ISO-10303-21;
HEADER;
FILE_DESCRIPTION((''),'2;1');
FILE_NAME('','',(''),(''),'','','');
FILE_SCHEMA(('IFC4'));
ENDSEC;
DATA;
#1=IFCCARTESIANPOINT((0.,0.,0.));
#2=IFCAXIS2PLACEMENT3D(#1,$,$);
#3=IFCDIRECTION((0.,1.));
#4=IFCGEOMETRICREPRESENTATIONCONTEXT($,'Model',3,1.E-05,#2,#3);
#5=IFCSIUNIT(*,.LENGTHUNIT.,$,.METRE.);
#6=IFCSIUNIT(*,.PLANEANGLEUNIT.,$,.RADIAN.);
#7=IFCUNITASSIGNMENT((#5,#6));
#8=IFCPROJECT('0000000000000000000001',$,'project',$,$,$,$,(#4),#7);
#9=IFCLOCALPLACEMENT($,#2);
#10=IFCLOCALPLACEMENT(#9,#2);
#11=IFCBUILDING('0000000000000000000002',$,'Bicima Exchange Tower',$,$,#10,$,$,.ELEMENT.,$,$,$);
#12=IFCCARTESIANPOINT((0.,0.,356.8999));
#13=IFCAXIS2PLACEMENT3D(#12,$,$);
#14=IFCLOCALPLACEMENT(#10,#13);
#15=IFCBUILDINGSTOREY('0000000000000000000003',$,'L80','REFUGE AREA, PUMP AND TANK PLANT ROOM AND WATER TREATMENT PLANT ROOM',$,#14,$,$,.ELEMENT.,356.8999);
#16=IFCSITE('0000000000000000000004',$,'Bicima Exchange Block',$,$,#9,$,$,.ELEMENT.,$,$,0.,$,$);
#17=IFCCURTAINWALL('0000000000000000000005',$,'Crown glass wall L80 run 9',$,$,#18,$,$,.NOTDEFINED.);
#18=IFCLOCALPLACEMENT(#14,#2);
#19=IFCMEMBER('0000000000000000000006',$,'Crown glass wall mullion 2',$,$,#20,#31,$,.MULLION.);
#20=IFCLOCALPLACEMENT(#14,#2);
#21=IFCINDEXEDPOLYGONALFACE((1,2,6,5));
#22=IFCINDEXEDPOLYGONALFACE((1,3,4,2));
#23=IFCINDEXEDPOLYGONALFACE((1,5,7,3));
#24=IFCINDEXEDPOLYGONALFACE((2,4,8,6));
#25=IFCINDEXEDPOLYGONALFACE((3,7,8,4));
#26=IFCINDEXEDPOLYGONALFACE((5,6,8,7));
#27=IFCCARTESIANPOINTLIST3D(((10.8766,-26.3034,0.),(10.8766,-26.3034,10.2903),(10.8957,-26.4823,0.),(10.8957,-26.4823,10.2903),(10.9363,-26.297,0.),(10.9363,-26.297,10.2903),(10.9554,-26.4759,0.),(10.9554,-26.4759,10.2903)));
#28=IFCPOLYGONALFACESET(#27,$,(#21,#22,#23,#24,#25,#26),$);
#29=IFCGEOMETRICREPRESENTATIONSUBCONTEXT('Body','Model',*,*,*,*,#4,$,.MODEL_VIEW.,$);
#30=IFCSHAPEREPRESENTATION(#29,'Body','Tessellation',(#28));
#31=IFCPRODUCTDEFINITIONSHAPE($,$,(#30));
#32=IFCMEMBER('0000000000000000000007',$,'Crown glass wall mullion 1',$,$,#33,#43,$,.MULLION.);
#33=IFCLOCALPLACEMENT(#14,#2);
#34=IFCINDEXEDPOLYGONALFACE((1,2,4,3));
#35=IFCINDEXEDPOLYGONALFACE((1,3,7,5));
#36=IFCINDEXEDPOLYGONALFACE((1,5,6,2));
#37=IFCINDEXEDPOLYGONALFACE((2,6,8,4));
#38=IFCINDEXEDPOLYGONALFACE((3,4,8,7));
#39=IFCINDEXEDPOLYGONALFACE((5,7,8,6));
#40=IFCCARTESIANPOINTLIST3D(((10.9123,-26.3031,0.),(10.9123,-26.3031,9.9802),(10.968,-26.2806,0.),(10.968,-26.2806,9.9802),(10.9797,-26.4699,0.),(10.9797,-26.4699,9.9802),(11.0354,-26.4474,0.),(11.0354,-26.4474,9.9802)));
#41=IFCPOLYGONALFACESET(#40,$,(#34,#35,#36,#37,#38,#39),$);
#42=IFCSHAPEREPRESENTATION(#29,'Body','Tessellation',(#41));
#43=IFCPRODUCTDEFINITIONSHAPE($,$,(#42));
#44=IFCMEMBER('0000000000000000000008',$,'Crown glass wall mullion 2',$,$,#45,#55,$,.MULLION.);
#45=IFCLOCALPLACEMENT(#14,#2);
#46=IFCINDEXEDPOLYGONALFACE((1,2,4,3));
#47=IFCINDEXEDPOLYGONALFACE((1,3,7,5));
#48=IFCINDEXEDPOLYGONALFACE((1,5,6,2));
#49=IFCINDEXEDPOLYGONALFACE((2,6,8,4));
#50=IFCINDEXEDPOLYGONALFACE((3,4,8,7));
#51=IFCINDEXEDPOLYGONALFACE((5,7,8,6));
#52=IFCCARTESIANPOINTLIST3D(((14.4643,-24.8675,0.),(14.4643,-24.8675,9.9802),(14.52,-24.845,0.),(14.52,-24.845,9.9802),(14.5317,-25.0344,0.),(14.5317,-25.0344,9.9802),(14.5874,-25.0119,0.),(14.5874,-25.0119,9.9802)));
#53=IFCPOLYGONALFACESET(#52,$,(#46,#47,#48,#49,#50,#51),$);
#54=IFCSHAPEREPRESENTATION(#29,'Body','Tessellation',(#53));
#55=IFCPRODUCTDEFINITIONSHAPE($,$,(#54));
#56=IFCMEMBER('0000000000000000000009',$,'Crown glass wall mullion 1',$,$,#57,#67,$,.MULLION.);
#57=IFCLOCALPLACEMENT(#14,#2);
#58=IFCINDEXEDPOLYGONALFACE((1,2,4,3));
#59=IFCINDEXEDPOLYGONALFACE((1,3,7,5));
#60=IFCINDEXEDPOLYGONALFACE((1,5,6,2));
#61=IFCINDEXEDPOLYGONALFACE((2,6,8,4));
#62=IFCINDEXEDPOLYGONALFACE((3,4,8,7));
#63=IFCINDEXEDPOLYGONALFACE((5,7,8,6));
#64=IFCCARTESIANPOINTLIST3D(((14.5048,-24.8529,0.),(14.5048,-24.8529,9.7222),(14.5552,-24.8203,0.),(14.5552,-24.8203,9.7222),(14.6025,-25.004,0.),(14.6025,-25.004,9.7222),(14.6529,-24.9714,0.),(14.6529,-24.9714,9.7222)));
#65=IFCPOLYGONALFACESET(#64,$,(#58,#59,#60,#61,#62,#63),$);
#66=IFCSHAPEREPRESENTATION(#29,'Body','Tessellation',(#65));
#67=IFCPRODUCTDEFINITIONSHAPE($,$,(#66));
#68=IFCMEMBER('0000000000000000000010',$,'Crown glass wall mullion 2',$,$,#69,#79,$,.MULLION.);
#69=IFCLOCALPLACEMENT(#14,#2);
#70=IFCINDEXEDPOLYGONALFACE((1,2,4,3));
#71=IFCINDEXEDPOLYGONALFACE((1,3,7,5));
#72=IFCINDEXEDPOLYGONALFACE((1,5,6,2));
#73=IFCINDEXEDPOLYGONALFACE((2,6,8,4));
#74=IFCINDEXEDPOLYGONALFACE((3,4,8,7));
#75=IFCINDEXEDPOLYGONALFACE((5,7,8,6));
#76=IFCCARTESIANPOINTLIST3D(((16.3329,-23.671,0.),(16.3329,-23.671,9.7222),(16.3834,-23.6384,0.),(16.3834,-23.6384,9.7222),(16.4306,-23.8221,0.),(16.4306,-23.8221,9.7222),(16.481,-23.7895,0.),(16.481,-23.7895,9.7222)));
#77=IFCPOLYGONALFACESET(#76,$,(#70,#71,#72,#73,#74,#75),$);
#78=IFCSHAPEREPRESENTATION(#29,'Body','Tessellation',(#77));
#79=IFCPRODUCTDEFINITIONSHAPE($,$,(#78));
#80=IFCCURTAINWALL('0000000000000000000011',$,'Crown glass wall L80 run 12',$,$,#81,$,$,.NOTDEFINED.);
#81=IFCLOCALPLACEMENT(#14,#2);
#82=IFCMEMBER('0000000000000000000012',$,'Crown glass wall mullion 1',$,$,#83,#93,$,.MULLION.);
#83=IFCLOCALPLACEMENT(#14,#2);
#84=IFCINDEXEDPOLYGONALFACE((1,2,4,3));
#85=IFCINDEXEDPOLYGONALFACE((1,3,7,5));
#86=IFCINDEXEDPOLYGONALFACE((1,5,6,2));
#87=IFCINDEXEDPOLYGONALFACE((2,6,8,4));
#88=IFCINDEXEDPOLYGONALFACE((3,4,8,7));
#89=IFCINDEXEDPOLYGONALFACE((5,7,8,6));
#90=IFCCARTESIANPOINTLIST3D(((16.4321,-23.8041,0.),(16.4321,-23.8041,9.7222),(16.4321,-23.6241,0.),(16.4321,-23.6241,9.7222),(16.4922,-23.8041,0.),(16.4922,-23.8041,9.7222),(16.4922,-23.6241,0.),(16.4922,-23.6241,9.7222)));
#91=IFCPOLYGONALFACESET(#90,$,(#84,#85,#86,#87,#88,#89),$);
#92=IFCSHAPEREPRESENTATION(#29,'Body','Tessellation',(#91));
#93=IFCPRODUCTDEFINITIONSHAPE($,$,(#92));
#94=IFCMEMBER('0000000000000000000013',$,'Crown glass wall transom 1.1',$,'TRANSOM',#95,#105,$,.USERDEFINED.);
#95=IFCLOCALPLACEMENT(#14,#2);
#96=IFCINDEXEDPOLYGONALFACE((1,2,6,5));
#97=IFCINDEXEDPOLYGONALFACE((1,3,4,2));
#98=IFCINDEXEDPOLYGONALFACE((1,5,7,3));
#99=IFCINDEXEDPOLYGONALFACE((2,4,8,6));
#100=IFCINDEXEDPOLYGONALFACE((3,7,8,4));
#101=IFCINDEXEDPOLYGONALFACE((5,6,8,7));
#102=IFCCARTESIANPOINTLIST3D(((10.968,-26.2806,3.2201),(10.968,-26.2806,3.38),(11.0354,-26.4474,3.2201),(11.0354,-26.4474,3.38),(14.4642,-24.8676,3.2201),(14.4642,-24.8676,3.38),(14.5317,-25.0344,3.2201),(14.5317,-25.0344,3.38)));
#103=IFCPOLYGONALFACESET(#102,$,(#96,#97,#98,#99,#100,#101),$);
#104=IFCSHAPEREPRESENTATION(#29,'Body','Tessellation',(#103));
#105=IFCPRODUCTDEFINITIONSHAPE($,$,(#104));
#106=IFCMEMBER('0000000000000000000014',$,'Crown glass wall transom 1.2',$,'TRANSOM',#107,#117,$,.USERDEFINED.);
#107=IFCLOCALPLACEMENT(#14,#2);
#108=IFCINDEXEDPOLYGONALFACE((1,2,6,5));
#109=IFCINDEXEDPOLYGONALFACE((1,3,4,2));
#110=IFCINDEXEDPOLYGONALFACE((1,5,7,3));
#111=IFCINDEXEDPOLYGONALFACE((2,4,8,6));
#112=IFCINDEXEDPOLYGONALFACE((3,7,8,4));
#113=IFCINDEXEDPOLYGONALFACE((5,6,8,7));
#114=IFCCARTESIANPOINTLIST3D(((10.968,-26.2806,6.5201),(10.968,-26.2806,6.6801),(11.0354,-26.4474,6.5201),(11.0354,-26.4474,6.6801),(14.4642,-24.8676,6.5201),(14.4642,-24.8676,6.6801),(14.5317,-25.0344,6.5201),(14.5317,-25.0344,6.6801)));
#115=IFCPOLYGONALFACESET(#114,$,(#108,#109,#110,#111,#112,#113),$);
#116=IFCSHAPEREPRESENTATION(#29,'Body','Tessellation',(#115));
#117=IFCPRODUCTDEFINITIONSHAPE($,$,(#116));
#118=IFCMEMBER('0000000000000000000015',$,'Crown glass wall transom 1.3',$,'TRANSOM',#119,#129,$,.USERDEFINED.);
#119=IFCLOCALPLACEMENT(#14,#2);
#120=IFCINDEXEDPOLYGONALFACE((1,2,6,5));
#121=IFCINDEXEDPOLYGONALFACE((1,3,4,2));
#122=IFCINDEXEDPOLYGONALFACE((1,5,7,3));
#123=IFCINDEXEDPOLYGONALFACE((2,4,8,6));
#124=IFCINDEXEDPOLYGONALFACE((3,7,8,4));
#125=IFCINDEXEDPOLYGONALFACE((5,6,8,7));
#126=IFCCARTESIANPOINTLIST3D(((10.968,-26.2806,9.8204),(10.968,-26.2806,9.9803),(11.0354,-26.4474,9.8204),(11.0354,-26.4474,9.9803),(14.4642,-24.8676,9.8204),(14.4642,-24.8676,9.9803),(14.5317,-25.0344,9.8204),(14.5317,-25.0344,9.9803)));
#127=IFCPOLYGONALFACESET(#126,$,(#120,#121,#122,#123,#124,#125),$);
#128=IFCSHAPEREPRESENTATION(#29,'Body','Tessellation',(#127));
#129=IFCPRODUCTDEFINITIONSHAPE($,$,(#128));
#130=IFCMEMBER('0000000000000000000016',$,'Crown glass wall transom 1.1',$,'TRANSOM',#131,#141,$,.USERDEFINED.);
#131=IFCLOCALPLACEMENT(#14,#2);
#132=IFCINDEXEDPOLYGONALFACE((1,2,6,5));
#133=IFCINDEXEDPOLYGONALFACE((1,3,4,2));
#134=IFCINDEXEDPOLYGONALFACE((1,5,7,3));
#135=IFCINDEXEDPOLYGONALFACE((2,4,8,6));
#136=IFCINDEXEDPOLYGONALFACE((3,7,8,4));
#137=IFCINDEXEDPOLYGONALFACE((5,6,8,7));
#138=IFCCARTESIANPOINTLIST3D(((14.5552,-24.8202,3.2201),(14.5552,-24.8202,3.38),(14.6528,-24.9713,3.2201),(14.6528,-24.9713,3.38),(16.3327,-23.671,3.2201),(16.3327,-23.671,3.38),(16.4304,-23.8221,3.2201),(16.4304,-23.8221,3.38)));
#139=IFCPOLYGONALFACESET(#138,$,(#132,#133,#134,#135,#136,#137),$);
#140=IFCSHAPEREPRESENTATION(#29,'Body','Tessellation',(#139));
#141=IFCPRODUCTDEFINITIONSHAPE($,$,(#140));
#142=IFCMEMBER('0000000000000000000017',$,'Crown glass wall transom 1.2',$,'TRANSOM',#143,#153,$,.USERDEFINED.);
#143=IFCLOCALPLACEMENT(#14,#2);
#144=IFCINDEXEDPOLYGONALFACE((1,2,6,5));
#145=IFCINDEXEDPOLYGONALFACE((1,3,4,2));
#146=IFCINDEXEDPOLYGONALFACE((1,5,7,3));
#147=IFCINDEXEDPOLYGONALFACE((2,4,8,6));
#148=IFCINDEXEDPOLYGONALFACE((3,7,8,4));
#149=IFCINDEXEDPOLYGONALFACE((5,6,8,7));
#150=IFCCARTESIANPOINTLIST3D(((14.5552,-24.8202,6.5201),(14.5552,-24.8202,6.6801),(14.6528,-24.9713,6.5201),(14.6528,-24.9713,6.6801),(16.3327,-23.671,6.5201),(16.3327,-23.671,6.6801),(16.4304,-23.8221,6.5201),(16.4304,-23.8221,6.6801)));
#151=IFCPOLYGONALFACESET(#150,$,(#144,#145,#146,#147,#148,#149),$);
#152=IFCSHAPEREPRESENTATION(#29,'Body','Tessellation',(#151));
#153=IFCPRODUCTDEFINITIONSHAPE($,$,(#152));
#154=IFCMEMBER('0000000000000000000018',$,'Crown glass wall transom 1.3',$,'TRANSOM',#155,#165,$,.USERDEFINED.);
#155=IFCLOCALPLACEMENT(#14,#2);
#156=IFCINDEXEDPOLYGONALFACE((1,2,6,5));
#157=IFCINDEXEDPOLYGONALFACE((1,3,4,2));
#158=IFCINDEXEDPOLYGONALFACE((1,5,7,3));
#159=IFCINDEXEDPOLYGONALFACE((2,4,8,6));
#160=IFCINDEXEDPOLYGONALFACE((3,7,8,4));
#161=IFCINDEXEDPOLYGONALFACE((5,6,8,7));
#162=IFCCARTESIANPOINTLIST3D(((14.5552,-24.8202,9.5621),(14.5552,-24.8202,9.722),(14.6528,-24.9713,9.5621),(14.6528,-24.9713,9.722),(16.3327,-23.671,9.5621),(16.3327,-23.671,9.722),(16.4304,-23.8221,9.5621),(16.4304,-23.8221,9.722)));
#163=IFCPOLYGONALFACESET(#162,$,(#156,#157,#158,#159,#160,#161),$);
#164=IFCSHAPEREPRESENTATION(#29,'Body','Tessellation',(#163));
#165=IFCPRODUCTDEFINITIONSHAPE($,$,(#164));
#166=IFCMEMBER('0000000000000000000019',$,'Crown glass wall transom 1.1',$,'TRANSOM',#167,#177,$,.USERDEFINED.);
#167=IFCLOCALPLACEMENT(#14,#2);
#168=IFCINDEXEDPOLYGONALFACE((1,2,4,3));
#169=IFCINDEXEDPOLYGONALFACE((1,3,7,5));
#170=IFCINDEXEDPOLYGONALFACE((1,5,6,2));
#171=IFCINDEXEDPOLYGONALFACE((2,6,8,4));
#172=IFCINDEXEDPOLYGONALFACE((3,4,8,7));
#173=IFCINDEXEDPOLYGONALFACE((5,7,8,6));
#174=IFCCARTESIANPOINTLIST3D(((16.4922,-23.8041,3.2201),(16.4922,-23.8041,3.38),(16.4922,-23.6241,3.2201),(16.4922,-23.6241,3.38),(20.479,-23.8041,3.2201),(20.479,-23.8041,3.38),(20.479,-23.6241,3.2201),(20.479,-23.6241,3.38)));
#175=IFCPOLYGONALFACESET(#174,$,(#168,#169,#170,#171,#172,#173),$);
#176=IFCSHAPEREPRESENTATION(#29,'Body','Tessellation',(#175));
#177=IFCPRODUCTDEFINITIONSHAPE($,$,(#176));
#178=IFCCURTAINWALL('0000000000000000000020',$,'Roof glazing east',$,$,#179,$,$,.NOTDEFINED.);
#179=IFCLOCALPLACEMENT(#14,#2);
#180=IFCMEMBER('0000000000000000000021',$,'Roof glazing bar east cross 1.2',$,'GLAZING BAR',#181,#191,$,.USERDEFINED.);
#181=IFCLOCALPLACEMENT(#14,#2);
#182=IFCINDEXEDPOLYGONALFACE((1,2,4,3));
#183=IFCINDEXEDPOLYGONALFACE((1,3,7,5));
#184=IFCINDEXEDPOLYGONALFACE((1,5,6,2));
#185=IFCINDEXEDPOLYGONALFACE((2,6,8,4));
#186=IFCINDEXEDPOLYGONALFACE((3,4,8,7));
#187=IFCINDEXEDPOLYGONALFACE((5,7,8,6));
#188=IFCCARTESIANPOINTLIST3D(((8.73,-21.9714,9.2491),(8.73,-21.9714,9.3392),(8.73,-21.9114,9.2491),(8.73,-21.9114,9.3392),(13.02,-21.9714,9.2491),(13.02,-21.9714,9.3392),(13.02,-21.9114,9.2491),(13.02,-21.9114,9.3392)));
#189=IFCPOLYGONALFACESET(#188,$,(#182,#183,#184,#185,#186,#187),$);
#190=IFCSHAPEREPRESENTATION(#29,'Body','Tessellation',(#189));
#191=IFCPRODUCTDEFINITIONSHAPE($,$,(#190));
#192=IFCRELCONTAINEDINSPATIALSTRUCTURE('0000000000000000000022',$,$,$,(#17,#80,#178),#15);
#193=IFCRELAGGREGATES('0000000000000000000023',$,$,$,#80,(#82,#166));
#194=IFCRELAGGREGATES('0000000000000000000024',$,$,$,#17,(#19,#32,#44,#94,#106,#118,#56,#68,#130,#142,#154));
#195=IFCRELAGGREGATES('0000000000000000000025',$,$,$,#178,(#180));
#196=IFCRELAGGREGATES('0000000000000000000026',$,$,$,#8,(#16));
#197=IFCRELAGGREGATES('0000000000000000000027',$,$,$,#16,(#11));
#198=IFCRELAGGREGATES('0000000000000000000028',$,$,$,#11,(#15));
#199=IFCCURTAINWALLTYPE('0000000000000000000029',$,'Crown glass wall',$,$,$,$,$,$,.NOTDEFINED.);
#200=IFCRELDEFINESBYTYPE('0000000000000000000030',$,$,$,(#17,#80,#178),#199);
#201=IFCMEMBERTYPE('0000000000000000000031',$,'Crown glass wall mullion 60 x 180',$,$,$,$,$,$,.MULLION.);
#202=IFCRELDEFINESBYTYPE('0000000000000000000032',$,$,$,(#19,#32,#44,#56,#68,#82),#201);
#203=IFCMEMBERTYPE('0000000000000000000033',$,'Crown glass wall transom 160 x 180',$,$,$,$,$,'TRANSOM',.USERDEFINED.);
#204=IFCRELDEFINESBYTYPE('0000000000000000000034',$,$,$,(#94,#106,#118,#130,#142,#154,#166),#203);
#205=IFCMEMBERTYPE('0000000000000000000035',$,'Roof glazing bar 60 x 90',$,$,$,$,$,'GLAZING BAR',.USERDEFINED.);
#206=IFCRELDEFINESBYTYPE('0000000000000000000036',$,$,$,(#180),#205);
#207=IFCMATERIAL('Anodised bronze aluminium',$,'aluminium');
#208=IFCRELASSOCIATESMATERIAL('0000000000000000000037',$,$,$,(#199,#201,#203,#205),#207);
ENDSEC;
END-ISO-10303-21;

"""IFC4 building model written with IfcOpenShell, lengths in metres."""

from ifc_helpers import new_model, si_unit, direction, frame, origin, origin_2d, place, context, subcontext, project, spatial, rectangle, extrude, material, material_profile, profile_set, type_object, element, aggregate, save


model = new_model("IFC4")

# Units and contexts
model_context = context("Model", 3, precision=1e-05, world=origin(), true_north=direction((0.0, 1.0)))
body_context = subcontext(model_context, "Body", "Model", "MODEL_VIEW")
ifc_project = project(units=[si_unit("LENGTHUNIT", "METRE"), si_unit("PLANEANGLEUNIT", "RADIAN")], contexts=[model_context])

# Site, building, storey
site_placement = place(None, origin())
site = spatial("IfcSite", under=ifc_project, at=site_placement, Name="Bicima Exchange Block", CompositionType="ELEMENT", RefElevation=0.0)
building_placement = place(site_placement, origin())
building = spatial("IfcBuilding", under=site, at=building_placement, Name="Bicima Exchange Tower", CompositionType="ELEMENT")
storey_placement = place(building_placement, frame((0.0, 0.0, 356.8999)))
storey = spatial("IfcBuildingStorey", under=building, at=storey_placement, Name="L80", Description="REFUGE AREA, PUMP AND TANK PLANT ROOM AND WATER TREATMENT PLANT ROOM", CompositionType="ELEMENT", Elevation=356.8999)

# Curtain wall, members
ifc_material_1 = material(Name="Anodised bronze aluminium", Category="aluminium")
curtain_wall_type = type_object("IfcCurtainWallType", Name="Crown glass wall", PredefinedType="NOTDEFINED", material=ifc_material_1)
curtain_wall_1_placement = place(storey_placement, origin())
curtain_wall_1 = element("IfcCurtainWall", 1, at=curtain_wall_1_placement, inside=storey, type_object=curtain_wall_type, Name="Crown glass wall L80 run 9", PredefinedType="NOTDEFINED")
ifc_material_profile_1 = material_profile(ifc_material_1, rectangle(XDim=0.1799, YDim=0.0601, at=origin_2d()))
ifc_profile_set_1 = profile_set([ifc_material_profile_1], Name="Anodised bronze aluminium")
member_type_1 = type_object("IfcMemberType", Name="Crown glass wall mullion 60 x 180", PredefinedType="MULLION", material=ifc_profile_set_1)
member_1_placement = place(storey_placement, frame((10.916, -26.3896, 0.0), z_axis=(0.0, 0.0, 1.0), x_axis=(-0.106372, 0.994326, 0.0)))
member_1 = element("IfcMember", 2, at=member_1_placement, type_object=member_type_1, Name="Crown glass wall mullion 2", PredefinedType="MULLION", context=body_context, shape_type="SweptSolid", body=[
    extrude(rectangle(XDim=0.1799, YDim=0.0601, at=origin_2d()), origin(), (0.0, 0.0, 1.0), 10.2903),
])
member_2_placement = place(storey_placement, frame((10.9739, -26.3752, 0.0), z_axis=(0.0, 0.0, 1.0), x_axis=(-0.374705, 0.927144, 0.0)))
member_2 = element("IfcMember", 3, at=member_2_placement, type_object=member_type_1, Name="Crown glass wall mullion 1", PredefinedType="MULLION", context=body_context, shape_type="SweptSolid", body=[
    extrude(rectangle(XDim=0.1799, YDim=0.0601, at=origin_2d()), origin(), (0.0, 0.0, 1.0), 9.9802),
])
member_3_placement = place(storey_placement, frame((14.5259, -24.9397, 0.0), z_axis=(0.0, 0.0, 1.0), x_axis=(-0.374705, 0.927144, 0.0)))
member_3 = element("IfcMember", 4, at=member_3_placement, type_object=member_type_1, Name="Crown glass wall mullion 2", PredefinedType="MULLION", context=body_context, shape_type="SweptSolid", body=[
    extrude(rectangle(XDim=0.1799, YDim=0.0601, at=origin_2d()), origin(), (0.0, 0.0, 1.0), 9.9802),
])
member_4_placement = place(storey_placement, frame((14.5789, -24.9121, 0.0), z_axis=(0.0, 0.0, 1.0), x_axis=(-0.542911, 0.83979, 0.0)))
member_4 = element("IfcMember", 5, at=member_4_placement, type_object=member_type_1, Name="Crown glass wall mullion 1", PredefinedType="MULLION", context=body_context, shape_type="SweptSolid", body=[
    extrude(rectangle(XDim=0.1799, YDim=0.0601, at=origin_2d()), origin(), (0.0, 0.0, 1.0), 9.7222),
])
member_5_placement = place(storey_placement, frame((16.407, -23.7302, 0.0), z_axis=(0.0, 0.0, 1.0), x_axis=(-0.542911, 0.83979, 0.0)))
member_5 = element("IfcMember", 6, at=member_5_placement, type_object=member_type_1, Name="Crown glass wall mullion 2", PredefinedType="MULLION", context=body_context, shape_type="SweptSolid", body=[
    extrude(rectangle(XDim=0.1799, YDim=0.0601, at=origin_2d()), origin(), (0.0, 0.0, 1.0), 9.7222),
])

# Curtain wall, member
curtain_wall_2_placement = place(storey_placement, origin())
curtain_wall_2 = element("IfcCurtainWall", 7, at=curtain_wall_2_placement, inside=storey, type_object=curtain_wall_type, Name="Crown glass wall L80 run 12", PredefinedType="NOTDEFINED")
member_6_placement = place(storey_placement, frame((16.4622, -23.7141, 0.0), z_axis=(0.0, 0.0, 1.0), x_axis=(0.0, 1.0, 0.0)))
member_6 = element("IfcMember", 8, at=member_6_placement, type_object=member_type_1, Name="Crown glass wall mullion 1", PredefinedType="MULLION", context=body_context, shape_type="SweptSolid", body=[
    extrude(rectangle(XDim=0.1799, YDim=0.0601, at=origin_2d()), origin(), (0.0, 0.0, 1.0), 9.7222),
])

# Members
ifc_material_profile_2 = material_profile(ifc_material_1, rectangle(XDim=0.1799, YDim=0.1599, at=origin_2d()))
ifc_profile_set_2 = profile_set([ifc_material_profile_2], Name="Anodised bronze aluminium")
member_type_2 = type_object("IfcMemberType", Name="Crown glass wall transom 160 x 180", ElementType="TRANSOM", PredefinedType="USERDEFINED", material=ifc_profile_set_2)
member_7_placement = place(storey_placement, frame((11.0017, -26.364, 3.3), z_axis=(0.92714, 0.374715, 0.0), x_axis=(-0.374715, 0.92714, 0.0)))
member_7 = element("IfcMember", 9, at=member_7_placement, type_object=member_type_2, Name="Crown glass wall transom 1.1", ObjectType="TRANSOM", PredefinedType="USERDEFINED", context=body_context, shape_type="SweptSolid", body=[
    extrude(rectangle(XDim=0.1799, YDim=0.1599, at=origin_2d()), origin(), (0.0, 0.0, 1.0), 3.771),
])
member_8_placement = place(storey_placement, frame((11.0017, -26.364, 6.6001), z_axis=(0.92714, 0.374715, 0.0), x_axis=(-0.374715, 0.92714, 0.0)))
member_8 = element("IfcMember", 10, at=member_8_placement, type_object=member_type_2, Name="Crown glass wall transom 1.2", ObjectType="TRANSOM", PredefinedType="USERDEFINED", context=body_context, shape_type="SweptSolid", body=[
    extrude(rectangle(XDim=0.1799, YDim=0.1599, at=origin_2d()), origin(), (0.0, 0.0, 1.0), 3.771),
])
member_9_placement = place(storey_placement, frame((11.0017, -26.364, 9.9004), z_axis=(0.92714, 0.374715, 0.0), x_axis=(-0.374715, 0.92714, 0.0)))
member_9 = element("IfcMember", 11, at=member_9_placement, type_object=member_type_2, Name="Crown glass wall transom 1.3", ObjectType="TRANSOM", PredefinedType="USERDEFINED", context=body_context, shape_type="SweptSolid", body=[
    extrude(rectangle(XDim=0.1799, YDim=0.1599, at=origin_2d()), origin(), (0.0, 0.0, 1.0), 3.771),
])
member_10_placement = place(storey_placement, frame((14.604, -24.8958, 3.3), z_axis=(0.839793, 0.542907, 0.0), x_axis=(-0.542907, 0.839793, 0.0)))
member_10 = element("IfcMember", 12, at=member_10_placement, type_object=member_type_2, Name="Crown glass wall transom 1.1", ObjectType="TRANSOM", PredefinedType="USERDEFINED", context=body_context, shape_type="SweptSolid", body=[
    extrude(rectangle(XDim=0.1799, YDim=0.1599, at=origin_2d()), origin(), (0.0, 0.0, 1.0), 2.1167),
])
member_11_placement = place(storey_placement, frame((14.604, -24.8958, 6.6001), z_axis=(0.839793, 0.542907, 0.0), x_axis=(-0.542907, 0.839793, 0.0)))
member_11 = element("IfcMember", 13, at=member_11_placement, type_object=member_type_2, Name="Crown glass wall transom 1.2", ObjectType="TRANSOM", PredefinedType="USERDEFINED", context=body_context, shape_type="SweptSolid", body=[
    extrude(rectangle(XDim=0.1799, YDim=0.1599, at=origin_2d()), origin(), (0.0, 0.0, 1.0), 2.1167),
])
member_12_placement = place(storey_placement, frame((14.604, -24.8958, 9.6421), z_axis=(0.839793, 0.542907, 0.0), x_axis=(-0.542907, 0.839793, 0.0)))
member_12 = element("IfcMember", 14, at=member_12_placement, type_object=member_type_2, Name="Crown glass wall transom 1.3", ObjectType="TRANSOM", PredefinedType="USERDEFINED", context=body_context, shape_type="SweptSolid", body=[
    extrude(rectangle(XDim=0.1799, YDim=0.1599, at=origin_2d()), origin(), (0.0, 0.0, 1.0), 2.1167),
])
member_13_placement = place(storey_placement, frame((16.4922, -23.7141, 3.3), z_axis=(1.0, 0.0, 0.0), x_axis=(0.0, 1.0, 0.0)))
member_13 = element("IfcMember", 15, at=member_13_placement, type_object=member_type_2, Name="Crown glass wall transom 1.1", ObjectType="TRANSOM", PredefinedType="USERDEFINED", context=body_context, shape_type="SweptSolid", body=[
    extrude(rectangle(XDim=0.1799, YDim=0.1599, at=origin_2d()), origin(), (0.0, 0.0, 1.0), 3.9868),
])
aggregate(curtain_wall_2, [member_6, member_13])

# Curtain wall, member
curtain_wall_3_placement = place(storey_placement, origin())
curtain_wall_3 = element("IfcCurtainWall", 16, at=curtain_wall_3_placement, inside=storey, type_object=curtain_wall_type, Name="Roof glazing east", PredefinedType="NOTDEFINED")
ifc_material_profile_3 = material_profile(ifc_material_1, rectangle(XDim=0.0601, YDim=0.0901, at=origin_2d()))
ifc_profile_set_3 = profile_set([ifc_material_profile_3], Name="Anodised bronze aluminium")
member_type_3 = type_object("IfcMemberType", Name="Roof glazing bar 60 x 90", ElementType="GLAZING BAR", PredefinedType="USERDEFINED", material=ifc_profile_set_3)
member_14_placement = place(storey_placement, frame((8.73, -21.9414, 9.2942), z_axis=(1.0, 0.0, 0.0), x_axis=(0.0, 1.0, 0.0)))
member_14 = element("IfcMember", 17, at=member_14_placement, type_object=member_type_3, Name="Roof glazing bar east cross 1.2", ObjectType="GLAZING BAR", PredefinedType="USERDEFINED", context=body_context, shape_type="SweptSolid", body=[
    extrude(rectangle(XDim=0.0601, YDim=0.0901, at=origin_2d()), origin(), (0.0, 0.0, 1.0), 4.29),
])

aggregate(curtain_wall_1, [member_1, member_2, member_3, member_7, member_8, member_9, member_4, member_5, member_10, member_11, member_12])

aggregate(curtain_wall_3, [member_14])

save(model, "model.ifc")
